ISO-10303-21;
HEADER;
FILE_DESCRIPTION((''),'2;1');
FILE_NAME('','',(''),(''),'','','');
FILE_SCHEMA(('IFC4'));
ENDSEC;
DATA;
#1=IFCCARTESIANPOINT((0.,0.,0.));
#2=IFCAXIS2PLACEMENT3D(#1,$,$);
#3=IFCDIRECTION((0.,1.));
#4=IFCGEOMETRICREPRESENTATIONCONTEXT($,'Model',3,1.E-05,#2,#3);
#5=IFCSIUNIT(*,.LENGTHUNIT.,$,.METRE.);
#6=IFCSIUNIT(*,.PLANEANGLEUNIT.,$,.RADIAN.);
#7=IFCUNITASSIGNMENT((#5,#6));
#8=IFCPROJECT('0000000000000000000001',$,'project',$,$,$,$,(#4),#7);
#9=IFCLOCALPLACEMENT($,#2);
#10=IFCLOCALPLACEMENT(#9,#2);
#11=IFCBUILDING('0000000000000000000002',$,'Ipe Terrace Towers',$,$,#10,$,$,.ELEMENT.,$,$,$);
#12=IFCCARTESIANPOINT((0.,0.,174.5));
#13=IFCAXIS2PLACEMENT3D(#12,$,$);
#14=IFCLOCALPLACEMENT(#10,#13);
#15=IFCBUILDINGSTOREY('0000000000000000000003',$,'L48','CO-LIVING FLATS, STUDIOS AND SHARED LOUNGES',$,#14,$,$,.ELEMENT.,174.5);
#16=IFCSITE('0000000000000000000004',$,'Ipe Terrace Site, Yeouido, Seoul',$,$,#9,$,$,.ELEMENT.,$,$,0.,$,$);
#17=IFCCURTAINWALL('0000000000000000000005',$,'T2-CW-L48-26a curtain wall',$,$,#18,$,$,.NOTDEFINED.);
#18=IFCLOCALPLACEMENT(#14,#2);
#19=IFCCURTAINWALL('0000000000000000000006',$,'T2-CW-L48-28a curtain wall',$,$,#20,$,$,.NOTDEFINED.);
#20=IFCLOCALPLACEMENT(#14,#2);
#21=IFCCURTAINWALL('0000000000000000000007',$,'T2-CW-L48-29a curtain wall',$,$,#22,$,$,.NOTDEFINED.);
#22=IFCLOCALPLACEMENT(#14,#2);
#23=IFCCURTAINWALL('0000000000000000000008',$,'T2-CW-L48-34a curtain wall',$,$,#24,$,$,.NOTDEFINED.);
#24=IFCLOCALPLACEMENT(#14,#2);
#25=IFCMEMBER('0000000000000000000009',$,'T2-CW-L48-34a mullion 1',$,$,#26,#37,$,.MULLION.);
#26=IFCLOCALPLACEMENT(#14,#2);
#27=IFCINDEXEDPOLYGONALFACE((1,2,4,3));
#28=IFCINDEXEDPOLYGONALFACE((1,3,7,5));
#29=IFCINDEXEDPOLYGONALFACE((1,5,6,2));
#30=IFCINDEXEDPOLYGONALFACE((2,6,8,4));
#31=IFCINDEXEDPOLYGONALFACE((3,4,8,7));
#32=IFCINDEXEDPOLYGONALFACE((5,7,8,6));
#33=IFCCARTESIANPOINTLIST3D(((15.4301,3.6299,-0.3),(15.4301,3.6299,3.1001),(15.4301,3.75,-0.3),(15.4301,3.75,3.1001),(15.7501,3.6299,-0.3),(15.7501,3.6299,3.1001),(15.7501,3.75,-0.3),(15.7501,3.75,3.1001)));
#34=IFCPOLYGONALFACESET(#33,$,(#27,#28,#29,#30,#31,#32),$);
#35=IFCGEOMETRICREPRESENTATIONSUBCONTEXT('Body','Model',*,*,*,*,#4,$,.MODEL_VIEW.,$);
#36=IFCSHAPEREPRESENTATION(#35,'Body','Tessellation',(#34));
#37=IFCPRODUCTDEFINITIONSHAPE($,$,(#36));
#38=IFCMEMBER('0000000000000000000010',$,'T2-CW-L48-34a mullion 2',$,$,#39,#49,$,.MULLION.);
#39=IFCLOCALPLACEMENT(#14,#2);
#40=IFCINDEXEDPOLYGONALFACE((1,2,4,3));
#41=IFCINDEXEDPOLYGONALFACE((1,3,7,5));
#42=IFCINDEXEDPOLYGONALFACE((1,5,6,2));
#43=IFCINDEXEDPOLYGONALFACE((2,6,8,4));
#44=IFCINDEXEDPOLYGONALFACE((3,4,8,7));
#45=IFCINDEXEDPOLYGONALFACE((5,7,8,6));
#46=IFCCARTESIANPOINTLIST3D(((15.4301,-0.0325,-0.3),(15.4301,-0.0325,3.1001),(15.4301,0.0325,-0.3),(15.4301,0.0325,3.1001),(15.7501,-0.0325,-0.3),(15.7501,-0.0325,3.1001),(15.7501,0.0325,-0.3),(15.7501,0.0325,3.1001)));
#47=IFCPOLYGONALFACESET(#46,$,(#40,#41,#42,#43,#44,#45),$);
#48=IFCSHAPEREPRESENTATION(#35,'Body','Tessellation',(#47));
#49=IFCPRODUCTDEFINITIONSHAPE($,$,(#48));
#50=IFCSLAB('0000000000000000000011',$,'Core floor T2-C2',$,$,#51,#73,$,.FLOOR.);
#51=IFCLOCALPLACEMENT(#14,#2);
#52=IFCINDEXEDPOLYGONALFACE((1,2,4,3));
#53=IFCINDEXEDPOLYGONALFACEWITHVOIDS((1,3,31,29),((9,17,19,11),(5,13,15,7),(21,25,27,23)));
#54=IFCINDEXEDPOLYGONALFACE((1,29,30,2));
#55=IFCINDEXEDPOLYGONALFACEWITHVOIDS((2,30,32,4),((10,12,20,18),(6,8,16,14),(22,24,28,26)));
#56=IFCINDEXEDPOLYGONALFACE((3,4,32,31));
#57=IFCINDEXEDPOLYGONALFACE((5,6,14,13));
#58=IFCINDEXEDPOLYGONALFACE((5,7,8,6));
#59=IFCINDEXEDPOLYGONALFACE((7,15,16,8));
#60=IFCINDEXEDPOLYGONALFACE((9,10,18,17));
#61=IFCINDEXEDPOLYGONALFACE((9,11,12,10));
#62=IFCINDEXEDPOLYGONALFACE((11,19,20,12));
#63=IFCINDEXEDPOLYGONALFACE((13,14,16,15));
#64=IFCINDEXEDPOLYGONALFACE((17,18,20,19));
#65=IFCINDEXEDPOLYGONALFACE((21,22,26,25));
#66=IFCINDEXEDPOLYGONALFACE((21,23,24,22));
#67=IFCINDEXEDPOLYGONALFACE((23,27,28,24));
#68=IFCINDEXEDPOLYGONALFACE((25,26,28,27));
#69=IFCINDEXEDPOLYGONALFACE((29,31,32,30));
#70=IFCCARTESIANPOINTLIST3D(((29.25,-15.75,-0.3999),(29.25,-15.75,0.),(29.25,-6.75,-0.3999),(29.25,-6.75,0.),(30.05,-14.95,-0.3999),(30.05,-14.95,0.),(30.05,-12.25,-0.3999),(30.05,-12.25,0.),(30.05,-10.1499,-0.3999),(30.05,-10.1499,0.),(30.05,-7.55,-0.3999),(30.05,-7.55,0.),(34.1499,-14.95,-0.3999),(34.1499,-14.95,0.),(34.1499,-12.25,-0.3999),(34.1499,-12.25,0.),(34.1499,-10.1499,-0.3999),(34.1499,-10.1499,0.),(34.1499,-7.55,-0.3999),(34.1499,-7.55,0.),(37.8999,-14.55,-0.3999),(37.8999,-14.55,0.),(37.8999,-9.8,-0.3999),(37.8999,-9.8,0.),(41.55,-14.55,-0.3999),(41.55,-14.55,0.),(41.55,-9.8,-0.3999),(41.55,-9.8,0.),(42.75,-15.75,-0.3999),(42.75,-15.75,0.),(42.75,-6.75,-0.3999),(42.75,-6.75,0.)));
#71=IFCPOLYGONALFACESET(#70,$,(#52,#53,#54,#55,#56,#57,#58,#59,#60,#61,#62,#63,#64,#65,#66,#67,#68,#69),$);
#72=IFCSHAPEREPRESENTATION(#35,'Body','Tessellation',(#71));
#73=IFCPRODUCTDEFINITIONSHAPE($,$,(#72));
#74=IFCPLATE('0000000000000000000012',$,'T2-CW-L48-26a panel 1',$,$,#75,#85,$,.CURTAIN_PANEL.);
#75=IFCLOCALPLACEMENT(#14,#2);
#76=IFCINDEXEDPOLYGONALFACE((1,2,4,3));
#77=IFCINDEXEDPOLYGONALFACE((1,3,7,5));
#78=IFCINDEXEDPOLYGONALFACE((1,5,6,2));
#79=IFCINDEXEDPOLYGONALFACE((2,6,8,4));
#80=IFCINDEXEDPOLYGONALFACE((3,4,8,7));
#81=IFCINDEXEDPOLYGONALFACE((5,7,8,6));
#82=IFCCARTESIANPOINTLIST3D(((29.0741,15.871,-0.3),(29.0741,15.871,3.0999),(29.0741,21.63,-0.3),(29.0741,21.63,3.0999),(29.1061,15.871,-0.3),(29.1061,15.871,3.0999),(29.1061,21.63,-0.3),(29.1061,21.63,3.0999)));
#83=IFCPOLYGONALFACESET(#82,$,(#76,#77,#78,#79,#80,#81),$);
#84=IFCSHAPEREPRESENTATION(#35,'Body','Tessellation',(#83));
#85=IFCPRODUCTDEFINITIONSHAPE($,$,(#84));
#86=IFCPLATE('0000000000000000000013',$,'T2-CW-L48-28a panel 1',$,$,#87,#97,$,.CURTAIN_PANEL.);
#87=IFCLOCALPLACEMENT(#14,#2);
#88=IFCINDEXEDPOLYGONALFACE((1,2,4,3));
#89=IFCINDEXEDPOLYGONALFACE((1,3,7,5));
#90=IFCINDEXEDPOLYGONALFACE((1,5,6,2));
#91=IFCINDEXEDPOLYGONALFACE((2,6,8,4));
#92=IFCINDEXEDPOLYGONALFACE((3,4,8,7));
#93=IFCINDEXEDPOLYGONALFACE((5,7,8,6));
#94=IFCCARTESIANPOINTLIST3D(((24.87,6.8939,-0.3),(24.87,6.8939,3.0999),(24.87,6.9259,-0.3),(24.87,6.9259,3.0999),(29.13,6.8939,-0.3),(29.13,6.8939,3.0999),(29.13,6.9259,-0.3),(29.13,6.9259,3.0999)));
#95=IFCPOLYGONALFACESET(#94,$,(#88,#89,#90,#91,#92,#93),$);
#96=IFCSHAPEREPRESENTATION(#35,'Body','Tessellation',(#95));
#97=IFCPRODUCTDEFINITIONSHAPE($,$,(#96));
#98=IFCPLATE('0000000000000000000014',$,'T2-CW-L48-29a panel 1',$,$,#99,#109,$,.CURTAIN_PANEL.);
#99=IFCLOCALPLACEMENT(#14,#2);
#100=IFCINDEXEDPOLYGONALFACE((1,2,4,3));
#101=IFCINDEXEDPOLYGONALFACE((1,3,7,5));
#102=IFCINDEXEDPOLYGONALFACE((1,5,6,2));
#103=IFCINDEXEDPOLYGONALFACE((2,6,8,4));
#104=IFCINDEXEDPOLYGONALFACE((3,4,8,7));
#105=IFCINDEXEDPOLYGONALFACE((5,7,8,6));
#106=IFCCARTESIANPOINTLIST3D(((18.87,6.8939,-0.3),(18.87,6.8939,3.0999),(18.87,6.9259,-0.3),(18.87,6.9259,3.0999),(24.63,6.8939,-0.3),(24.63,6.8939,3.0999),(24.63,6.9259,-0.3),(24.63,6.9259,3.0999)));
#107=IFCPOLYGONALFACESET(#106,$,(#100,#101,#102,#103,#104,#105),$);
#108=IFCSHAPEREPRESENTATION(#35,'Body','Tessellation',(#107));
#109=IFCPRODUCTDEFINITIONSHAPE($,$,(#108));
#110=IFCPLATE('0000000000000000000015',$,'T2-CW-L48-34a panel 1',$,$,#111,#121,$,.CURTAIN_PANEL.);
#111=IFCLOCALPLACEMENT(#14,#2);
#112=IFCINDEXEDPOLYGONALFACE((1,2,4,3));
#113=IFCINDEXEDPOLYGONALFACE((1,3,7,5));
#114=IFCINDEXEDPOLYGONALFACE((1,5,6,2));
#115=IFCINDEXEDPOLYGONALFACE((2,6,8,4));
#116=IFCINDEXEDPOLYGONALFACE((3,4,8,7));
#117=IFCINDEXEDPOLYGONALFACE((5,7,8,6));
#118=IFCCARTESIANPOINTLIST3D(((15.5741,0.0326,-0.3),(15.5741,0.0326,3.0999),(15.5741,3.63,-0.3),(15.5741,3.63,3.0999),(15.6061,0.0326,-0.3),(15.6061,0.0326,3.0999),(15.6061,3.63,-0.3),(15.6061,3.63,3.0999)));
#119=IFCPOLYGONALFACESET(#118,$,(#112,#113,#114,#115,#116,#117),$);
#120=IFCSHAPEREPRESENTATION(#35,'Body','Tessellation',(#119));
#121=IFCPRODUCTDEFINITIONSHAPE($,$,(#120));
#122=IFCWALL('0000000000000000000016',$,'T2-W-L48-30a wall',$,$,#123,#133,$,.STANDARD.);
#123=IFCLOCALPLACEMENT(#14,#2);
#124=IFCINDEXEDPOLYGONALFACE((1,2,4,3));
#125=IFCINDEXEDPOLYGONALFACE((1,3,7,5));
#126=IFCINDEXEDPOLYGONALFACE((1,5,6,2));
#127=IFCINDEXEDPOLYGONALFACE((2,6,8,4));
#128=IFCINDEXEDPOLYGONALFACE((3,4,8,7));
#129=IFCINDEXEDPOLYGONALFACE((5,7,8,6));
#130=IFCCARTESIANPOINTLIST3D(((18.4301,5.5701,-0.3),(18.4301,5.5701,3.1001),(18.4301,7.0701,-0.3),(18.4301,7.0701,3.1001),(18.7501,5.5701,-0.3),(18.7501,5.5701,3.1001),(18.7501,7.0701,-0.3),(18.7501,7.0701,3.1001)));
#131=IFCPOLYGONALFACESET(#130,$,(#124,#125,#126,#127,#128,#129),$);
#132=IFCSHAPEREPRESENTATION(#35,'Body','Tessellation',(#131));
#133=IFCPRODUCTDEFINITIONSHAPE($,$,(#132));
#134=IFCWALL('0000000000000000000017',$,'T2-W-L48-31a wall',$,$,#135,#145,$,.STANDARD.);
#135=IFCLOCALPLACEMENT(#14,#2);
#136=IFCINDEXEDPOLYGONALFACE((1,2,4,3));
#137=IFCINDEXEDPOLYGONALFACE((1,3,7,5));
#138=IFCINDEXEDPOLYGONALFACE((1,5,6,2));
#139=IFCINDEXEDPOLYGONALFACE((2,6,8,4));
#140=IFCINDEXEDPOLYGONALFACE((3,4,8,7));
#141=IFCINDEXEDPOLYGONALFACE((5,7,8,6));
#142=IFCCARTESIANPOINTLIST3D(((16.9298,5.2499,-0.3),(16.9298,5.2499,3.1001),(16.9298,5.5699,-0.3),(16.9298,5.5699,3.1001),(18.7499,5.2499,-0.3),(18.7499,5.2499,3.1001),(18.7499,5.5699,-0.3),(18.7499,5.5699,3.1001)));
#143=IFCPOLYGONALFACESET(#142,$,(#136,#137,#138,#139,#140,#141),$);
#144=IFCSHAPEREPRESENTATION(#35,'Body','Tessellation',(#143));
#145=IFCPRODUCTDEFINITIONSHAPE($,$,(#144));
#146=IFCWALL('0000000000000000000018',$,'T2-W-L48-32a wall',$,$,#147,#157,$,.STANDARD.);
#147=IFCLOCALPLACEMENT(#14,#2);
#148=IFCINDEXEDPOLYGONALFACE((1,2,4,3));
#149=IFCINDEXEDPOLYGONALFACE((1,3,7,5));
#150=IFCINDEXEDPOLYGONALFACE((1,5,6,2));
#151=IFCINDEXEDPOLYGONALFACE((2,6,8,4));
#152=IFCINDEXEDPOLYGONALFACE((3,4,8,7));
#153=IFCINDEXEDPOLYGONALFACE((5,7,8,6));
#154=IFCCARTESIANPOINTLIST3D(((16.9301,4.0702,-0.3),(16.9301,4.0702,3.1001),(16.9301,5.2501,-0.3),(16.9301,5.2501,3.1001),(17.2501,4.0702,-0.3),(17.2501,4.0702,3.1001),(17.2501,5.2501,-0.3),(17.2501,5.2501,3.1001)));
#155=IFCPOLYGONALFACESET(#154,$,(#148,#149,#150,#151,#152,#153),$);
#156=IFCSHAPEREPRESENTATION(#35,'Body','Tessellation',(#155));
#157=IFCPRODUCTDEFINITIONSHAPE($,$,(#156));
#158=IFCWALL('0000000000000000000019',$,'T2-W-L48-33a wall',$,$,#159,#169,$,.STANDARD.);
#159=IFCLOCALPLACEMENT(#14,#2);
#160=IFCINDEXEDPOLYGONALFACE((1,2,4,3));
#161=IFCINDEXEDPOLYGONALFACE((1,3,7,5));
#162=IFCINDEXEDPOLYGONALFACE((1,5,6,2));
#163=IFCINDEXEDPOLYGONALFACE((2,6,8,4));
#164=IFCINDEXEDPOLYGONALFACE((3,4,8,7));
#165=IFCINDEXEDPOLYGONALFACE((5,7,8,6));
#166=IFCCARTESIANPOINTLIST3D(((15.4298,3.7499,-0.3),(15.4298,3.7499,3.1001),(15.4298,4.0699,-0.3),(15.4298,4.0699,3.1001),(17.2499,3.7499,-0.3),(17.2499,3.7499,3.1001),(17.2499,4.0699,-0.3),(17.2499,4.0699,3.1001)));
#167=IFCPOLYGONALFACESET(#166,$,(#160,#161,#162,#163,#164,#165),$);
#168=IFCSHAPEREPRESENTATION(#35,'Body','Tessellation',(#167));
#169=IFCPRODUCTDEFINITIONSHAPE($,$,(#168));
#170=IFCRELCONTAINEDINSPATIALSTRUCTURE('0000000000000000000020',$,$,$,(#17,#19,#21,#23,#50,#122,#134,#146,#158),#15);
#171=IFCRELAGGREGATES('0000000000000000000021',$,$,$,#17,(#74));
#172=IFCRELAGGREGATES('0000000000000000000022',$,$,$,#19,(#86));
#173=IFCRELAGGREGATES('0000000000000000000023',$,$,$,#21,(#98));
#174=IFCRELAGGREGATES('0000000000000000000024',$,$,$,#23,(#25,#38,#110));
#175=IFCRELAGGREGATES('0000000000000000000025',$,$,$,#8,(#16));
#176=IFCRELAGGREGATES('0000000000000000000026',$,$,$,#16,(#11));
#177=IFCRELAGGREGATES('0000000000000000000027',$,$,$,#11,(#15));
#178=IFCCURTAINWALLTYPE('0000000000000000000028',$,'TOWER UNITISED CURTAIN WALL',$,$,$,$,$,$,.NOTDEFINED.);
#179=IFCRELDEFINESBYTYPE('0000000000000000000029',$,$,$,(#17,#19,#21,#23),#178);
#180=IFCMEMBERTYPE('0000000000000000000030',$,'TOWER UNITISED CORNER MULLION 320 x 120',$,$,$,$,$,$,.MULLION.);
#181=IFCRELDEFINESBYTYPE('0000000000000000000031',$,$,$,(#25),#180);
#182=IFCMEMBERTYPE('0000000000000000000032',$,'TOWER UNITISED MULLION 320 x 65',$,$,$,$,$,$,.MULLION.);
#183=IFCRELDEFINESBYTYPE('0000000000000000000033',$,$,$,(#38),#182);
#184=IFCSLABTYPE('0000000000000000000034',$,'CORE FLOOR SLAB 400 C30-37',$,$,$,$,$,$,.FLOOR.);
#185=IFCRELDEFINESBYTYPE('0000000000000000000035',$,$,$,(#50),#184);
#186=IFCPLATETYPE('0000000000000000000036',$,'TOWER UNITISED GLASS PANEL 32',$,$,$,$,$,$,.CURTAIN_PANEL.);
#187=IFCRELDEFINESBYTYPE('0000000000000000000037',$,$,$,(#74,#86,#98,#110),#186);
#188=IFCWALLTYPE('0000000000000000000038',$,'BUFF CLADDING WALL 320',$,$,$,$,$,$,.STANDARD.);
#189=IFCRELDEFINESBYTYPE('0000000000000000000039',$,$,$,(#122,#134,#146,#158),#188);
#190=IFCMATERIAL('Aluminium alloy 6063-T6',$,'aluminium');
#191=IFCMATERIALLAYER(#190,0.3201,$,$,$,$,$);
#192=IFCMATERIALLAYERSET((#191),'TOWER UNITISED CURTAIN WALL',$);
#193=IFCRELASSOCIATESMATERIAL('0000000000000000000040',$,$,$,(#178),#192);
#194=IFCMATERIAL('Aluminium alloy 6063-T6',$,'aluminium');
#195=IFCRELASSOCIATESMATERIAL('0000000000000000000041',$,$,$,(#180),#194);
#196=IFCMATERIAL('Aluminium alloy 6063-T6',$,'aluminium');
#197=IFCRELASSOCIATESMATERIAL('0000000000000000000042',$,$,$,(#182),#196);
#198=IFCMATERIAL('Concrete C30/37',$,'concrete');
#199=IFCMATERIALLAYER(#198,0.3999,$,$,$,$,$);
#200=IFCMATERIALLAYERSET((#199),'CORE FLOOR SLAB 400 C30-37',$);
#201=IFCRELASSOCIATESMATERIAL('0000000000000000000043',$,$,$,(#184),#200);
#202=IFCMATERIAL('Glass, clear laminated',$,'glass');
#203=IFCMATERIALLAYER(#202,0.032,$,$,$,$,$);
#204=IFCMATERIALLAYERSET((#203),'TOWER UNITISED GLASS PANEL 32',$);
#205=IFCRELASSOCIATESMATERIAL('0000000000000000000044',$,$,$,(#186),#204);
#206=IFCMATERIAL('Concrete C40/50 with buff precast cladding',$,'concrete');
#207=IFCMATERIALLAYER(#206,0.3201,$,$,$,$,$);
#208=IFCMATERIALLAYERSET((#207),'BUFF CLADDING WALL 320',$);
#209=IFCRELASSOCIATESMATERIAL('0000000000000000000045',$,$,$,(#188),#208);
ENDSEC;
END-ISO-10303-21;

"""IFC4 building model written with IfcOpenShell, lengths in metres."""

from ifc_helpers import new_model, si_unit, direction, frame, frame_2d, origin, origin_2d, place, context, subcontext, project, spatial, polyline, rectangle, outline, extrude, material, layer, layer_set, material_profile, profile_set, type_object, element, aggregate, save


model = new_model("IFC4")

# Units and contexts
model_context = context("Model", 3, precision=1e-05, world=origin(), true_north=direction((0.0, 1.0)))
body_context = subcontext(model_context, "Body", "Model", "MODEL_VIEW")
ifc_project = project(units=[si_unit("LENGTHUNIT", "METRE"), si_unit("PLANEANGLEUNIT", "RADIAN")], contexts=[model_context])

# Site, building, storey
site_placement = place(None, origin())
site = spatial("IfcSite", under=ifc_project, at=site_placement, Name="Ipe Terrace Site, Yeouido, Seoul", CompositionType="ELEMENT", RefElevation=0.0)
building_placement = place(site_placement, origin())
building = spatial("IfcBuilding", under=site, at=building_placement, Name="Ipe Terrace Towers", CompositionType="ELEMENT")
storey_placement = place(building_placement, frame((0.0, 0.0, 174.5)))
storey = spatial("IfcBuildingStorey", under=building, at=storey_placement, Name="L48", Description="CO-LIVING FLATS, STUDIOS AND SHARED LOUNGES", CompositionType="ELEMENT", Elevation=174.5)

# Curtain wall
ifc_material_1 = material(Name="Aluminium alloy 6063-T6", Category="aluminium")
ifc_layer_1 = layer(ifc_material_1, 0.3201)
ifc_layer_set_1 = layer_set([ifc_layer_1], Name="TOWER UNITISED CURTAIN WALL")
curtain_wall_type = type_object("IfcCurtainWallType", Name="TOWER UNITISED CURTAIN WALL", PredefinedType="NOTDEFINED", material=ifc_layer_set_1)
curtain_wall_1_placement = place(storey_placement, origin())
curtain_wall_1 = element("IfcCurtainWall", 1, at=curtain_wall_1_placement, inside=storey, type_object=curtain_wall_type, Name="T2-CW-L48-26a curtain wall", PredefinedType="NOTDEFINED")
ifc_material_2 = material(Name="Aluminium alloy 6063-T6", Category="aluminium")
ifc_material_profile_1 = material_profile(ifc_material_2, rectangle(XDim=0.3201, YDim=0.1201, at=origin_2d()), Name="TOWER UNITISED CORNER MULLION 320 x 120")
ifc_profile_set_1 = profile_set([ifc_material_profile_1], Name="Aluminium alloy 6063-T6")
member_type_1 = type_object("IfcMemberType", Name="TOWER UNITISED CORNER MULLION 320 x 120", PredefinedType="MULLION", material=ifc_profile_set_1)

# Curtain wall
curtain_wall_2_placement = place(storey_placement, origin())
curtain_wall_2 = element("IfcCurtainWall", 2, at=curtain_wall_2_placement, inside=storey, type_object=curtain_wall_type, Name="T2-CW-L48-28a curtain wall", PredefinedType="NOTDEFINED")

# Curtain walls, members
curtain_wall_3_placement = place(storey_placement, origin())
curtain_wall_3 = element("IfcCurtainWall", 3, at=curtain_wall_3_placement, inside=storey, type_object=curtain_wall_type, Name="T2-CW-L48-29a curtain wall", PredefinedType="NOTDEFINED")
curtain_wall_4_placement = place(storey_placement, origin())
curtain_wall_4 = element("IfcCurtainWall", 4, at=curtain_wall_4_placement, inside=storey, type_object=curtain_wall_type, Name="T2-CW-L48-34a curtain wall", PredefinedType="NOTDEFINED")
member_1_placement = place(storey_placement, frame((15.5901, 3.6899, -0.3), z_axis=(0.0, 0.0, 1.0), x_axis=(-1.0, 0.0, 0.0)))
member_1 = element("IfcMember", 5, at=member_1_placement, type_object=member_type_1, Name="T2-CW-L48-34a mullion 1", PredefinedType="MULLION", context=body_context, shape_type="SweptSolid", body=[
    extrude(rectangle(XDim=0.3201, YDim=0.1201, at=origin_2d()), origin(), (0.0, 0.0, 1.0), 3.4001),
])
ifc_material_3 = material(Name="Aluminium alloy 6063-T6", Category="aluminium")
ifc_material_profile_2 = material_profile(ifc_material_3, rectangle(XDim=0.3201, YDim=0.0649, at=origin_2d()), Name="TOWER UNITISED MULLION 320 x 65")
ifc_profile_set_2 = profile_set([ifc_material_profile_2], Name="Aluminium alloy 6063-T6")
member_type_2 = type_object("IfcMemberType", Name="TOWER UNITISED MULLION 320 x 65", PredefinedType="MULLION", material=ifc_profile_set_2)
member_2_placement = place(storey_placement, frame((15.5901, 0.0, -0.3), z_axis=(0.0, 0.0, 1.0), x_axis=(-1.0, 0.0, 0.0)))
member_2 = element("IfcMember", 6, at=member_2_placement, type_object=member_type_2, Name="T2-CW-L48-34a mullion 2", PredefinedType="MULLION", context=body_context, shape_type="SweptSolid", body=[
    extrude(rectangle(XDim=0.3201, YDim=0.0649, at=origin_2d()), origin(), (0.0, 0.0, 1.0), 3.4001),
])

# Slab
ifc_material_4 = material(Name="Concrete C30/37", Category="concrete")
ifc_layer_2 = layer(ifc_material_4, 0.3999)
ifc_layer_set_2 = layer_set([ifc_layer_2], Name="CORE FLOOR SLAB 400 C30-37")
slab_type = type_object("IfcSlabType", Name="CORE FLOOR SLAB 400 C30-37", PredefinedType="FLOOR", material=ifc_layer_set_2)
slab_placement = place(storey_placement, frame((0.0, 0.0, -0.3999)))
element("IfcSlab", 7, at=slab_placement, inside=storey, type_object=slab_type, Name="Core floor T2-C2", PredefinedType="FLOOR", context=body_context, shape_type="SweptSolid", body=[
    extrude(outline(polyline([(29.25, -15.75), (29.25, -6.75), (42.75, -6.75), (42.75, -15.75), (29.25, -15.75)]), holes=[polyline([(30.05, -12.25), (30.05, -14.95), (34.1499, -14.95), (34.1499, -12.25), (30.05, -12.25)]), polyline([(41.55, -9.8), (37.8999, -9.8), (37.8999, -14.55), (41.55, -14.55), (41.55, -9.8)]), polyline([(34.1499, -7.55), (30.05, -7.55), (30.05, -10.1499), (34.1499, -10.1499), (34.1499, -7.55)])]), origin(), (0.0, 0.0, 1.0), 0.3999),
])

# Plates
ifc_material_5 = material(Name="Glass, clear laminated", Category="glass")
ifc_layer_3 = layer(ifc_material_5, 0.032)
ifc_layer_set_3 = layer_set([ifc_layer_3], Name="TOWER UNITISED GLASS PANEL 32")
plate_type = type_object("IfcPlateType", Name="TOWER UNITISED GLASS PANEL 32", PredefinedType="CURTAIN_PANEL", material=ifc_layer_set_3)
plate_1_placement = place(storey_placement, frame((29.0901, 18.7505, -0.3), z_axis=(0.0, 0.0, 1.0), x_axis=(0.0, -1.0, 0.0)))
plate_1 = element("IfcPlate", 8, at=plate_1_placement, type_object=plate_type, Name="T2-CW-L48-26a panel 1", PredefinedType="CURTAIN_PANEL", context=body_context, shape_type="SweptSolid", body=[
    extrude(rectangle(XDim=5.759, YDim=0.032, at=origin_2d()), origin(), (0.0, 0.0, 1.0), 3.3999),
])
aggregate(curtain_wall_1, [plate_1])
plate_2_placement = place(storey_placement, frame((27.0, 6.9099, -0.3), z_axis=(0.0, 0.0, 1.0), x_axis=(-1.0, 0.0, 0.0)))
plate_2 = element("IfcPlate", 9, at=plate_2_placement, type_object=plate_type, Name="T2-CW-L48-28a panel 1", PredefinedType="CURTAIN_PANEL", context=body_context, shape_type="SweptSolid", body=[
    extrude(rectangle(XDim=4.26, YDim=0.032, at=origin_2d()), origin(), (0.0, 0.0, 1.0), 3.3999),
])
aggregate(curtain_wall_2, [plate_2])
plate_3_placement = place(storey_placement, frame((21.75, 6.9099, -0.3), z_axis=(0.0, 0.0, 1.0), x_axis=(-1.0, 0.0, 0.0)))
plate_3 = element("IfcPlate", 10, at=plate_3_placement, type_object=plate_type, Name="T2-CW-L48-29a panel 1", PredefinedType="CURTAIN_PANEL", context=body_context, shape_type="SweptSolid", body=[
    extrude(rectangle(XDim=5.76, YDim=0.032, at=origin_2d()), origin(), (0.0, 0.0, 1.0), 3.3999),
])
aggregate(curtain_wall_3, [plate_3])
plate_4_placement = place(storey_placement, frame((15.5901, 1.8313, -0.3), z_axis=(0.0, 0.0, 1.0), x_axis=(0.0, -1.0, 0.0)))
plate_4 = element("IfcPlate", 11, at=plate_4_placement, type_object=plate_type, Name="T2-CW-L48-34a panel 1", PredefinedType="CURTAIN_PANEL", context=body_context, shape_type="SweptSolid", body=[
    extrude(rectangle(XDim=3.5974, YDim=0.032, at=origin_2d()), origin(), (0.0, 0.0, 1.0), 3.3999),
])
aggregate(curtain_wall_4, [member_1, member_2, plate_4])

# Walls
ifc_material_6 = material(Name="Concrete C40/50 with buff precast cladding", Category="concrete")
ifc_layer_4 = layer(ifc_material_6, 0.3201)
ifc_layer_set_4 = layer_set([ifc_layer_4], Name="BUFF CLADDING WALL 320")
wall_type_1 = type_object("IfcWallType", Name="BUFF CLADDING WALL 320", PredefinedType="STANDARD", material=ifc_layer_set_4)
wall_1_placement = place(storey_placement, frame((18.5901, 7.0701, -0.3), z_axis=(0.0, 0.0, 1.0), x_axis=(0.0, -1.0, 0.0)))
element("IfcWall", 12, at=wall_1_placement, inside=storey, type_object=wall_type_1, Name="T2-W-L48-30a wall", PredefinedType="STANDARD", context=body_context, shape_type="SweptSolid", body=[
    extrude(rectangle(XDim=1.5, YDim=0.3201, at=frame_2d((0.75, 0.0))), origin(), (0.0, 0.0, 1.0), 3.4001),
])
wall_2_placement = place(storey_placement, frame((18.75, 5.4099, -0.3), z_axis=(0.0, 0.0, 1.0), x_axis=(-1.0, 0.0, 0.0)))
element("IfcWall", 13, at=wall_2_placement, inside=storey, type_object=wall_type_1, Name="T2-W-L48-31a wall", PredefinedType="STANDARD", context=body_context, shape_type="SweptSolid", body=[
    extrude(rectangle(XDim=1.8201, YDim=0.3201, at=frame_2d((0.9102, 0.0))), origin(), (0.0, 0.0, 1.0), 3.4001),
])
wall_3_placement = place(storey_placement, frame((17.0901, 5.25, -0.3), z_axis=(0.0, 0.0, 1.0), x_axis=(0.0, -1.0, 0.0)))
element("IfcWall", 14, at=wall_3_placement, inside=storey, type_object=wall_type_1, Name="T2-W-L48-32a wall", PredefinedType="STANDARD", context=body_context, shape_type="SweptSolid", body=[
    extrude(rectangle(XDim=1.1799, YDim=0.3201, at=frame_2d((0.5898, 0.0))), origin(), (0.0, 0.0, 1.0), 3.4001),
])
wall_4_placement = place(storey_placement, frame((17.25, 3.9099, -0.3), z_axis=(0.0, 0.0, 1.0), x_axis=(-1.0, 0.0, 0.0)))
element("IfcWall", 15, at=wall_4_placement, inside=storey, type_object=wall_type_1, Name="T2-W-L48-33a wall", PredefinedType="STANDARD", context=body_context, shape_type="SweptSolid", body=[
    extrude(rectangle(XDim=1.8201, YDim=0.3201, at=frame_2d((0.9102, 0.0))), origin(), (0.0, 0.0, 1.0), 3.4001),
])

save(model, "model.ifc")
